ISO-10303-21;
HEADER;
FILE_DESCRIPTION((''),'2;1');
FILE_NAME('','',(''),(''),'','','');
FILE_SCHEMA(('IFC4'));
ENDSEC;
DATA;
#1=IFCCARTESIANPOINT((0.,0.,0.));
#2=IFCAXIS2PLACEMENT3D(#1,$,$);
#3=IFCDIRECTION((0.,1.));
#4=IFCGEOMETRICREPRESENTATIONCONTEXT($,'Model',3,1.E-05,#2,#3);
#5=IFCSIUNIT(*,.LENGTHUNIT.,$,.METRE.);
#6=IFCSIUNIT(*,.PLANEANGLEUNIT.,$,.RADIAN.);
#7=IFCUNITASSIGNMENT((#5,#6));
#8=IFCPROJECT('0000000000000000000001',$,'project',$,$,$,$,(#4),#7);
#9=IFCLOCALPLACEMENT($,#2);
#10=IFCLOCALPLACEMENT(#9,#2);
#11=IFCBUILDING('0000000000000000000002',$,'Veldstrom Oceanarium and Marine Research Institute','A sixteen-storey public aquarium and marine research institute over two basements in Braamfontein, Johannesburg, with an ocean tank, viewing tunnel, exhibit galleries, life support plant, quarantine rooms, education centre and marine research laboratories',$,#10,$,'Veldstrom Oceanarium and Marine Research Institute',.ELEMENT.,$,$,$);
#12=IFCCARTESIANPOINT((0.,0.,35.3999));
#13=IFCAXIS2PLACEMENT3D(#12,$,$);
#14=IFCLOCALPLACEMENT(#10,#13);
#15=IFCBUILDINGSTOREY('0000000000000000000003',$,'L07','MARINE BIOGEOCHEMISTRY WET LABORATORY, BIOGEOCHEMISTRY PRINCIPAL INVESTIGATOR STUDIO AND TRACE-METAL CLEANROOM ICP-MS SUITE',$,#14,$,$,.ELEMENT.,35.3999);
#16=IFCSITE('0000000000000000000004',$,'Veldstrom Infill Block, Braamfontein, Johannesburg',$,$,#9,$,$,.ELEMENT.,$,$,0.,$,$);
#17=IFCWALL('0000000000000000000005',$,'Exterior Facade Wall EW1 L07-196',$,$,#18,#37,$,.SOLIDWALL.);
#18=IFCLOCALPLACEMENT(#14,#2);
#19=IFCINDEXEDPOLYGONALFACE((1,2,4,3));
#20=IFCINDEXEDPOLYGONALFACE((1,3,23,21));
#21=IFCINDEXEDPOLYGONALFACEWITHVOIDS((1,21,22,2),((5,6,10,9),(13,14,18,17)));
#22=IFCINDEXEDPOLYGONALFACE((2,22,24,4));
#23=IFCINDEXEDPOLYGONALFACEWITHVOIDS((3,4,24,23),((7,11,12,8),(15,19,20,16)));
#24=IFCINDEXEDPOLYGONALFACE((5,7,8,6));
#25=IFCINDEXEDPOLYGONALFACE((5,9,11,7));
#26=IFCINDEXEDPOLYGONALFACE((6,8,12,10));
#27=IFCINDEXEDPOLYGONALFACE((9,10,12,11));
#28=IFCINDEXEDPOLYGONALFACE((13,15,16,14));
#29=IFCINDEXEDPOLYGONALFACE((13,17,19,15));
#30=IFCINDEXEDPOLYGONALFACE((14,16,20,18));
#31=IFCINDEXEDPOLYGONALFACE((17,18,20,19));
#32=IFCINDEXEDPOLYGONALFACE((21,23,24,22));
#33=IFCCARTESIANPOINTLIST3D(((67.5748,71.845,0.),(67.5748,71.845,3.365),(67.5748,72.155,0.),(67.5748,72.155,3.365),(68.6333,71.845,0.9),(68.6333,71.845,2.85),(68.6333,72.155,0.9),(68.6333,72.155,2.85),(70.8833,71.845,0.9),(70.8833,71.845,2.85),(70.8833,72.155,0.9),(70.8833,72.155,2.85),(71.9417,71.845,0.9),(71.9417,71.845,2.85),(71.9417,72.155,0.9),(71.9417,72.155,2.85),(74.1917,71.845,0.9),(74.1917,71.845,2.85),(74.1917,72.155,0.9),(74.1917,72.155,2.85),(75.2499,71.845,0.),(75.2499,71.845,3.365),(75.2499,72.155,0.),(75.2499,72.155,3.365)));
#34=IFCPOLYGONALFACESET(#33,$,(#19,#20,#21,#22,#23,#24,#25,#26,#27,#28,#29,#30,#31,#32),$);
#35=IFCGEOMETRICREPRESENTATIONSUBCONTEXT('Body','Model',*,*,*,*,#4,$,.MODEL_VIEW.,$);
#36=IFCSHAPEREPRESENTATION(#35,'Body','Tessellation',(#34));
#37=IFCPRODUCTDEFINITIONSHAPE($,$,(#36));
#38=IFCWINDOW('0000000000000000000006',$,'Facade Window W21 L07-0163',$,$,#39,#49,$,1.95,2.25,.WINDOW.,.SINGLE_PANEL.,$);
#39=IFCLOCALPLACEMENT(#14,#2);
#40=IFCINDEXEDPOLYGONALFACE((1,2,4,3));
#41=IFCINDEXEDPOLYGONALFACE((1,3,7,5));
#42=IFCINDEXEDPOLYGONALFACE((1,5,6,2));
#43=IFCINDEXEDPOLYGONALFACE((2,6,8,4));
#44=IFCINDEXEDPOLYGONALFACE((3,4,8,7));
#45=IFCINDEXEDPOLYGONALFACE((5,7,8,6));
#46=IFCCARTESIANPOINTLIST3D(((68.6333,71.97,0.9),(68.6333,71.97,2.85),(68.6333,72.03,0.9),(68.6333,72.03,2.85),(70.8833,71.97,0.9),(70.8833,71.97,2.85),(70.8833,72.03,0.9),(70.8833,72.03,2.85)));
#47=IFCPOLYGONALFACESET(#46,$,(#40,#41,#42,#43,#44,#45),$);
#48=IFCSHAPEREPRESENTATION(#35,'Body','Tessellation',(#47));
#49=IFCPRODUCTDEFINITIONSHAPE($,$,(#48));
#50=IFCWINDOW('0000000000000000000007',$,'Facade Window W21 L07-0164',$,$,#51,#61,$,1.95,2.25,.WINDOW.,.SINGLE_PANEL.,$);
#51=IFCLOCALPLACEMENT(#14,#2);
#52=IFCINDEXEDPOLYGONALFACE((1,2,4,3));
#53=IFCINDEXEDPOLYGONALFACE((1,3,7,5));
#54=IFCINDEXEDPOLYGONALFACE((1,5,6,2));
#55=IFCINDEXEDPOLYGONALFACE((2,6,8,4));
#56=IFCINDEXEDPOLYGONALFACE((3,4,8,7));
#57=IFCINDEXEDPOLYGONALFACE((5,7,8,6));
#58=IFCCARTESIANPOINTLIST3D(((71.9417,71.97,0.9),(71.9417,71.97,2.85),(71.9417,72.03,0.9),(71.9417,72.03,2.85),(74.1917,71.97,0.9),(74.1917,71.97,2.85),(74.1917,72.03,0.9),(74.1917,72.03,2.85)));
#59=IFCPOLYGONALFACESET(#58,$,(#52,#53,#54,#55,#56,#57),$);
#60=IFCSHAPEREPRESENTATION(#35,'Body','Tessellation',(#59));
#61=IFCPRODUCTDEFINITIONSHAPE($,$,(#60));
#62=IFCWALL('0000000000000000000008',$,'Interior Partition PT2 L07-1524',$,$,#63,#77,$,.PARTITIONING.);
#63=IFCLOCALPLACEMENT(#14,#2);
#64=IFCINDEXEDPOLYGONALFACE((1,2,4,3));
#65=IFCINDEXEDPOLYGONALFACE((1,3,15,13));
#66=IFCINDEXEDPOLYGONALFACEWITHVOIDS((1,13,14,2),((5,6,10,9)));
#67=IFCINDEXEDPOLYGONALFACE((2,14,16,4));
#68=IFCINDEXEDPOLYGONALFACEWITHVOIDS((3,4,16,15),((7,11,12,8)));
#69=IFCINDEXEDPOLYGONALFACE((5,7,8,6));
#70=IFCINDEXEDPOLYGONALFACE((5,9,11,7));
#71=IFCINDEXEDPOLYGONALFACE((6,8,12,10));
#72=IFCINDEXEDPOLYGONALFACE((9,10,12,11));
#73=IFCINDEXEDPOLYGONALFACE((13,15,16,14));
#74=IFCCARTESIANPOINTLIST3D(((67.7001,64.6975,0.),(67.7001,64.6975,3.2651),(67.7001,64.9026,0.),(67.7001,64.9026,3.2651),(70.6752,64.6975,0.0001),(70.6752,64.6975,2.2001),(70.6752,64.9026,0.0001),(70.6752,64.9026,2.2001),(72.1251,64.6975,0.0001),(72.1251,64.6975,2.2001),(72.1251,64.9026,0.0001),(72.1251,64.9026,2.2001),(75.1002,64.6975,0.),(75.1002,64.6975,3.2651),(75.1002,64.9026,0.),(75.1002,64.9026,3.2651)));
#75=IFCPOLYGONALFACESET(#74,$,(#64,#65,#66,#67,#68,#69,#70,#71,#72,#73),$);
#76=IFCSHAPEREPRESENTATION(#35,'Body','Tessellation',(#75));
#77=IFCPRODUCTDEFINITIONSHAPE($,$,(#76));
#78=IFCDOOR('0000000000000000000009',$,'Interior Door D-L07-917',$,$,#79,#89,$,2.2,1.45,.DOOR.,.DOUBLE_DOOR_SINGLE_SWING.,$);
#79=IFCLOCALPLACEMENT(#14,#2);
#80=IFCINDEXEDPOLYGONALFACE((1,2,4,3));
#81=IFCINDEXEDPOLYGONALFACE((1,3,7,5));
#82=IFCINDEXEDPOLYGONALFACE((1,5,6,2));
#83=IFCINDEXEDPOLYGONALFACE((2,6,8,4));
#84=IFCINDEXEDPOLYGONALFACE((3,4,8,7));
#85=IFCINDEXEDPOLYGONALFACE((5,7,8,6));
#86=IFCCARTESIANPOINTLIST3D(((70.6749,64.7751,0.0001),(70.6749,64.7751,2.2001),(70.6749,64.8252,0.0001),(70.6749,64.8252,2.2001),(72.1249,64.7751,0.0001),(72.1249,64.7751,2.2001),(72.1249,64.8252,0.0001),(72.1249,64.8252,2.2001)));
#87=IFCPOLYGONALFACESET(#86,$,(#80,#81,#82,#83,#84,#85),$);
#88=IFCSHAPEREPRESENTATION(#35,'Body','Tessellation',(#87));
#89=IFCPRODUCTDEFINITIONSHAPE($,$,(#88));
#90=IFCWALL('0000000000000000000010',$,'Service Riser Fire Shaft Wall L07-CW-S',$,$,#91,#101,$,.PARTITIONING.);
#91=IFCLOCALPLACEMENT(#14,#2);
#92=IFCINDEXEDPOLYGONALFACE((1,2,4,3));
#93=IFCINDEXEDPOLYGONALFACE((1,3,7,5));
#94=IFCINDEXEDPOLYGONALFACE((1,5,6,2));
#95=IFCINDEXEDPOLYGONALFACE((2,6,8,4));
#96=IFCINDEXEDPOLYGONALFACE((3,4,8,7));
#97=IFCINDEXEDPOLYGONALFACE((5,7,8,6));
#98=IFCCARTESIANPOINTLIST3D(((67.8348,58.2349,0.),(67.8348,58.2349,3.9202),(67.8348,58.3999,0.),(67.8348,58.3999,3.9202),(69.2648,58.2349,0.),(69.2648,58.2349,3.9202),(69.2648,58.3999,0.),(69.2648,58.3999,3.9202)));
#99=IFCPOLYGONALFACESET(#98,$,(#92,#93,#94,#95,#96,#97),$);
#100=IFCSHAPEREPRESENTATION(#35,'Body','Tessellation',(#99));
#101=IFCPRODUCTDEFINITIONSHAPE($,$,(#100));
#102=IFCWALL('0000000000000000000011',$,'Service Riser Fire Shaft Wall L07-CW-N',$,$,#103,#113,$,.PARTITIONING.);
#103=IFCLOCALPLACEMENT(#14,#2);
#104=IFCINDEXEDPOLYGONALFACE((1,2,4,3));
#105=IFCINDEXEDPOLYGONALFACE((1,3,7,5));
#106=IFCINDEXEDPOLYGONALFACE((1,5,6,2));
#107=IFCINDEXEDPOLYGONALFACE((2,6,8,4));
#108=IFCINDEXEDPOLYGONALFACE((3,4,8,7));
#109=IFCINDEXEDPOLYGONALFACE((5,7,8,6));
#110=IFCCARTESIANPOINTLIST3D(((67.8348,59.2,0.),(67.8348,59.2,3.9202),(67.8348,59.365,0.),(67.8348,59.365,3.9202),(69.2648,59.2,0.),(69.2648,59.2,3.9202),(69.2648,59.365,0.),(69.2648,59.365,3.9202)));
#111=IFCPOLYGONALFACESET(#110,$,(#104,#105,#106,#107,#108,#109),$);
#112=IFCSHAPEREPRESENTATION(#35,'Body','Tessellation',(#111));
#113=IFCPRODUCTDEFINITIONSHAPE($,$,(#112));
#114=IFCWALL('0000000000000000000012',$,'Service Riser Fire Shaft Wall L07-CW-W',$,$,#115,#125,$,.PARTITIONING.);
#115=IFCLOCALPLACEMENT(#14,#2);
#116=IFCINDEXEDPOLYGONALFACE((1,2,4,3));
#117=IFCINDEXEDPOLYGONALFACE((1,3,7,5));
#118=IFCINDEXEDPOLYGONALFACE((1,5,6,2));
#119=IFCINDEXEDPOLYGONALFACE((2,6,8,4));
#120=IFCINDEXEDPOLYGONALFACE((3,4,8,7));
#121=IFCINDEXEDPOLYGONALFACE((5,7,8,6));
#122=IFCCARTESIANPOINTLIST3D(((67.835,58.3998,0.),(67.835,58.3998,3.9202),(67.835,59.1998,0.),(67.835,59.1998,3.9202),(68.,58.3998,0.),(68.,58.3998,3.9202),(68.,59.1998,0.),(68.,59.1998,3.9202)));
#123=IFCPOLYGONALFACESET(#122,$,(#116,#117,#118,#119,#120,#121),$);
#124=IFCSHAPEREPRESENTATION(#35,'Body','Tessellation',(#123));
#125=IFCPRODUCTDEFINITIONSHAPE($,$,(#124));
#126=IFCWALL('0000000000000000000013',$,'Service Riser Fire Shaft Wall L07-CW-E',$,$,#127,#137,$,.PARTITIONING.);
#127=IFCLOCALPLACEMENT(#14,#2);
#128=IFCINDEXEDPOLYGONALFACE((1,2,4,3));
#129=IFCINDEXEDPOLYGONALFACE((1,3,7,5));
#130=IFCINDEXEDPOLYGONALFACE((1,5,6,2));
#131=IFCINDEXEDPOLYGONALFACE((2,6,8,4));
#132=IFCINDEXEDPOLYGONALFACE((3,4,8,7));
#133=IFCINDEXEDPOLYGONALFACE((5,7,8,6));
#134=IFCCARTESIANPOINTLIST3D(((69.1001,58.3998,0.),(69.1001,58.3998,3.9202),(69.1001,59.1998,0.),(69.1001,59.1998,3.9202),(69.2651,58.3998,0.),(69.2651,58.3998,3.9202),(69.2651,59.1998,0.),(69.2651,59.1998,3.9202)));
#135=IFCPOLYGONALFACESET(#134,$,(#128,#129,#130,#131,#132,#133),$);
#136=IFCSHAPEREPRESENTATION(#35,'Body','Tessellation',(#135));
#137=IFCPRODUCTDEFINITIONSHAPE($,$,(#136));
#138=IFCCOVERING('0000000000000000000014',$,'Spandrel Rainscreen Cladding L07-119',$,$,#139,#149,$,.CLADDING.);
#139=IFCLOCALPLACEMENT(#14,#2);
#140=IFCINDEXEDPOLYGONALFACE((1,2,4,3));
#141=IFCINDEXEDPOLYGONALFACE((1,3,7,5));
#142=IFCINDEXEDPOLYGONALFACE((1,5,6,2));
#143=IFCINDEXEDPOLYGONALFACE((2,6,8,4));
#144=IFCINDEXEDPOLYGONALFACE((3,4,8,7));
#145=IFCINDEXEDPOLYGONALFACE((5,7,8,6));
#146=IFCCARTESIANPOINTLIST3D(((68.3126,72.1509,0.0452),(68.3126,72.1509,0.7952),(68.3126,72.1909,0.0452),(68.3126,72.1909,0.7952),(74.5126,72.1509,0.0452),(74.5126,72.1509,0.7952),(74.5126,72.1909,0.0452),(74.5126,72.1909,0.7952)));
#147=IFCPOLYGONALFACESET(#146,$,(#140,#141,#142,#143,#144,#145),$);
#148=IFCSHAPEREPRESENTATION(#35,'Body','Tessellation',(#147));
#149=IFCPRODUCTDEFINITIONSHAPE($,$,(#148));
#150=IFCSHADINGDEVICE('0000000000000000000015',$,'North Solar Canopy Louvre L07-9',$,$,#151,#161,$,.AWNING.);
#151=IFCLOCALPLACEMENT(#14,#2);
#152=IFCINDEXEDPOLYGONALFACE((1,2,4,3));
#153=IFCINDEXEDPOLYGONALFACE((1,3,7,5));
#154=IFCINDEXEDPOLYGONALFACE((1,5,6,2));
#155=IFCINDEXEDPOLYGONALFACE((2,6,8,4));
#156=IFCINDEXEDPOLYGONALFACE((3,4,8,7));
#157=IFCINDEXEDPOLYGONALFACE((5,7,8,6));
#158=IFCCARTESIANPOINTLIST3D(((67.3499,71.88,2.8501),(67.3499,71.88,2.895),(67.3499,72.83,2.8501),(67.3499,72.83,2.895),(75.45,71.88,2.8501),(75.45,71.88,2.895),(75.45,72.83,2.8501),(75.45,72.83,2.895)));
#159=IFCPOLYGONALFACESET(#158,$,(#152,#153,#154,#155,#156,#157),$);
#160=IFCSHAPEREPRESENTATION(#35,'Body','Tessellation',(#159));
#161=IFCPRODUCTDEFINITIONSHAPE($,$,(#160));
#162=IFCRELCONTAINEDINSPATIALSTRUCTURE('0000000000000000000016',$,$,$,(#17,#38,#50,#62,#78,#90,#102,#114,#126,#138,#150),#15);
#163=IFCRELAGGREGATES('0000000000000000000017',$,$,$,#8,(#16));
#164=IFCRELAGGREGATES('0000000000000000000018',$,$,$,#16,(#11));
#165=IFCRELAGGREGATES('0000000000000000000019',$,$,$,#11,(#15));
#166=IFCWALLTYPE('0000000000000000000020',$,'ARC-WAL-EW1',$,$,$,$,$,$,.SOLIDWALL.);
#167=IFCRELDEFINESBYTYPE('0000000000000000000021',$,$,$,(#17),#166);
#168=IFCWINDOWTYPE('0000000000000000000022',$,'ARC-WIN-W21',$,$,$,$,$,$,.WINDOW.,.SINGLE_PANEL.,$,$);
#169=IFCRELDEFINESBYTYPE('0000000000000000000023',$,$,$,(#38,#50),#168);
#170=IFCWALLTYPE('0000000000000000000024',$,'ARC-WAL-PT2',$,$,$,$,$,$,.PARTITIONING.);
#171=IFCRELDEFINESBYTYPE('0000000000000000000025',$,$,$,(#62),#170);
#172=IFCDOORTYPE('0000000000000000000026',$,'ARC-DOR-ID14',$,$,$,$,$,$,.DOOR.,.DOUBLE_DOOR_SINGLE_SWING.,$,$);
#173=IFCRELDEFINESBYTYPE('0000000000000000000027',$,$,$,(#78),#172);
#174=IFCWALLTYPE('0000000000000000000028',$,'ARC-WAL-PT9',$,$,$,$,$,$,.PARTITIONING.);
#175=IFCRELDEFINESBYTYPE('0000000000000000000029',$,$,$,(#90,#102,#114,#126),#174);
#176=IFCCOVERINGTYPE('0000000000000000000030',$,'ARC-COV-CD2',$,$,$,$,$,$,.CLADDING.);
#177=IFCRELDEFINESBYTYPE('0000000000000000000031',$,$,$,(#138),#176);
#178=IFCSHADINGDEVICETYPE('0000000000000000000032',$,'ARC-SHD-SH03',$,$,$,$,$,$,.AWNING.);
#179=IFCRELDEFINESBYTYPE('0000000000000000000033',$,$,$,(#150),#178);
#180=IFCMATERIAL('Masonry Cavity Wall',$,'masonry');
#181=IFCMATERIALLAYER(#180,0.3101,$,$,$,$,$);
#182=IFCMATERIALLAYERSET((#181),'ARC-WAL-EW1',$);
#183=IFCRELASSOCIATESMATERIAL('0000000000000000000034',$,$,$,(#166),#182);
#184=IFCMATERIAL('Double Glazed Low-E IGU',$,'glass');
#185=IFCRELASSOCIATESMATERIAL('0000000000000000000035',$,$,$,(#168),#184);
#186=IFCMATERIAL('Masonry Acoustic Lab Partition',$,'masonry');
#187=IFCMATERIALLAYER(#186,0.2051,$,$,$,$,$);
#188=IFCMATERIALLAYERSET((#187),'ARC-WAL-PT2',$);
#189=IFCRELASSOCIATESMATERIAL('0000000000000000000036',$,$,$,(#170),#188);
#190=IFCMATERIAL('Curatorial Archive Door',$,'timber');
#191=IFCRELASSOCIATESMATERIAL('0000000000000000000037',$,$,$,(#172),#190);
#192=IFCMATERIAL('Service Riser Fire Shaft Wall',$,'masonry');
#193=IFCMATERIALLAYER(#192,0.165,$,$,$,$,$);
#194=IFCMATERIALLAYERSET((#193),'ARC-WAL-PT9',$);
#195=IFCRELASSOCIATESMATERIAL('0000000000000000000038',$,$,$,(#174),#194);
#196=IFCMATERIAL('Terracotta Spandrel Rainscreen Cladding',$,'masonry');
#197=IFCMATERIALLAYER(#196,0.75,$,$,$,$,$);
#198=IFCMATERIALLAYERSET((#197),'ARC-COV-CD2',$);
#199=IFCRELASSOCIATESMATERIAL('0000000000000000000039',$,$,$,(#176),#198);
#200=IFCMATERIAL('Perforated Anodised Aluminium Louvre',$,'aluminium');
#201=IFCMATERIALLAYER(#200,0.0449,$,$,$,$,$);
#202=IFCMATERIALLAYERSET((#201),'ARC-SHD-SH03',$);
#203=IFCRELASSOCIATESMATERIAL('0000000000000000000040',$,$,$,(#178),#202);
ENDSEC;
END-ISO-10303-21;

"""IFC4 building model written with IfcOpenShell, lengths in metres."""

from ifc_helpers import new_model, si_unit, direction, frame, frame_2d, origin, origin_2d, place, context, subcontext, project, spatial, rectangle, extrude, material, layer, layer_set, type_object, element, fill, save


model = new_model("IFC4")

# Units and contexts
model_context = context("Model", 3, precision=1e-05, world=origin(), true_north=direction((0.0, 1.0)))
body_context = subcontext(model_context, "Body", "Model", "MODEL_VIEW")
ifc_project = project(units=[si_unit("LENGTHUNIT", "METRE"), si_unit("PLANEANGLEUNIT", "RADIAN")], contexts=[model_context])

# Site, building, storey
site_placement = place(None, origin())
site = spatial("IfcSite", under=ifc_project, at=site_placement, Name="Veldstrom Infill Block, Braamfontein, Johannesburg", CompositionType="ELEMENT", RefElevation=0.0)
building_placement = place(site_placement, origin())
building = spatial("IfcBuilding", under=site, at=building_placement, Name="Veldstrom Oceanarium and Marine Research Institute", Description="A sixteen-storey public aquarium and marine research institute over two basements in Braamfontein, Johannesburg, with an ocean tank, viewing tunnel, exhibit galleries, life support plant, quarantine rooms, education centre and marine research laboratories", LongName="Veldstrom Oceanarium and Marine Research Institute", CompositionType="ELEMENT")
storey_placement = place(building_placement, frame((0.0, 0.0, 35.3999)))
storey = spatial("IfcBuildingStorey", under=building, at=storey_placement, Name="L07", Description="MARINE BIOGEOCHEMISTRY WET LABORATORY, BIOGEOCHEMISTRY PRINCIPAL INVESTIGATOR STUDIO AND TRACE-METAL CLEANROOM ICP-MS SUITE", CompositionType="ELEMENT", Elevation=35.3999)

# Wall, openings, windows
ifc_material_1 = material(Name="Masonry Cavity Wall", Category="masonry")
ifc_layer_1 = layer(ifc_material_1, 0.3101)
ifc_layer_set_1 = layer_set([ifc_layer_1], Name="ARC-WAL-EW1")
wall_type_1 = type_object("IfcWallType", Name="ARC-WAL-EW1", PredefinedType="SOLIDWALL", material=ifc_layer_set_1)
wall_1_placement = place(storey_placement, frame((67.575, 72.0, 0.0), z_axis=(0.0, 0.0, 1.0), x_axis=(1.0, 0.0, 0.0)))
wall_1 = element("IfcWall", 1, at=wall_1_placement, inside=storey, type_object=wall_type_1, Name="Exterior Facade Wall EW1 L07-196", PredefinedType="SOLIDWALL", context=body_context, shape_type="SweptSolid", body=[
    extrude(rectangle(XDim=7.675, YDim=0.3101, at=frame_2d((3.8374, 0.0))), origin(), (0.0, 0.0, 1.0), 3.365),
])
opening_1_placement = place(wall_1_placement, frame((1.0583, 0.0, 0.8999)))
opening_1 = element("IfcOpeningElement", 2, at=opening_1_placement, cuts=wall_1, PredefinedType="OPENING", context=body_context, shape_type="SweptSolid", body=[
    extrude(rectangle(XDim=2.25, YDim=1.95, at=frame_2d((1.125, 0.9751))), frame((0.0, 0.165, 0.0), z_axis=(0.0, -1.0, 0.0), x_axis=(1.0, 0.0, 0.0)), (0.0, 0.0, 1.0), 0.3301),
])
opening_2_placement = place(wall_1_placement, frame((4.3667, 0.0, 0.8999)))
opening_2 = element("IfcOpeningElement", 3, at=opening_2_placement, cuts=wall_1, PredefinedType="OPENING", context=body_context, shape_type="SweptSolid", body=[
    extrude(rectangle(XDim=2.25, YDim=1.95, at=frame_2d((1.125, 0.9751))), frame((0.0, 0.165, 0.0), z_axis=(0.0, -1.0, 0.0), x_axis=(1.0, 0.0, 0.0)), (0.0, 0.0, 1.0), 0.3301),
])
ifc_material_2 = material(Name="Double Glazed Low-E IGU", Category="glass")
window_type = type_object("IfcWindowType", Name="ARC-WIN-W21", PartitioningType="SINGLE_PANEL", PredefinedType="WINDOW", material=ifc_material_2)
window_1_placement = place(opening_1_placement, origin())
window_1 = element("IfcWindow", 4, at=window_1_placement, inside=storey, type_object=window_type, Name="Facade Window W21 L07-0163", OverallHeight=1.95, OverallWidth=2.25, PartitioningType="SINGLE_PANEL", PredefinedType="WINDOW", context=body_context, shape_type="SweptSolid", body=[
    extrude(rectangle(XDim=2.25, YDim=1.95, at=frame_2d((1.125, 0.9751))), frame((0.0, 0.03, 0.0), z_axis=(0.0, -1.0, 0.0), x_axis=(1.0, 0.0, 0.0)), (0.0, 0.0, 1.0), 0.0601),
])
fill(opening_1, window_1)
window_2_placement = place(opening_2_placement, origin())
window_2 = element("IfcWindow", 5, at=window_2_placement, inside=storey, type_object=window_type, Name="Facade Window W21 L07-0164", OverallHeight=1.95, OverallWidth=2.25, PartitioningType="SINGLE_PANEL", PredefinedType="WINDOW", context=body_context, shape_type="SweptSolid", body=[
    extrude(rectangle(XDim=2.25, YDim=1.95, at=frame_2d((1.125, 0.9751))), frame((0.0, 0.03, 0.0), z_axis=(0.0, -1.0, 0.0), x_axis=(1.0, 0.0, 0.0)), (0.0, 0.0, 1.0), 0.0601),
])
fill(opening_2, window_2)

# Wall, opening, door
ifc_material_3 = material(Name="Masonry Acoustic Lab Partition", Category="masonry")
ifc_layer_2 = layer(ifc_material_3, 0.2051)
ifc_layer_set_2 = layer_set([ifc_layer_2], Name="ARC-WAL-PT2")
wall_type_2 = type_object("IfcWallType", Name="ARC-WAL-PT2", PredefinedType="PARTITIONING", material=ifc_layer_set_2)
wall_2_placement = place(storey_placement, frame((67.7, 64.8, 0.0), z_axis=(0.0, 0.0, 1.0), x_axis=(1.0, 0.0, 0.0)))
wall_2 = element("IfcWall", 6, at=wall_2_placement, inside=storey, type_object=wall_type_2, Name="Interior Partition PT2 L07-1524", PredefinedType="PARTITIONING", context=body_context, shape_type="SweptSolid", body=[
    extrude(rectangle(XDim=7.4001, YDim=0.2051, at=frame_2d((3.7002, 0.0))), origin(), (0.0, 0.0, 1.0), 3.2651),
])
opening_3_placement = place(wall_2_placement, frame((2.9751, 0.0, 0.0)))
opening_3 = element("IfcOpeningElement", 7, at=opening_3_placement, cuts=wall_2, PredefinedType="OPENING", context=body_context, shape_type="SweptSolid", body=[
    extrude(rectangle(XDim=1.45, YDim=2.2, at=frame_2d((0.7251, 1.1001))), frame((0.0, 0.1125, 0.0), z_axis=(0.0, -1.0, 0.0), x_axis=(1.0, 0.0, 0.0)), (0.0, 0.0, 1.0), 0.2251),
])
ifc_material_4 = material(Name="Curatorial Archive Door", Category="timber")
door_type = type_object("IfcDoorType", Name="ARC-DOR-ID14", OperationType="DOUBLE_DOOR_SINGLE_SWING", PredefinedType="DOOR", material=ifc_material_4)
door_placement = place(opening_3_placement, frame((1.45, 0.0, 0.0), z_axis=(0.0, 0.0, 1.0), x_axis=(-1.0, 0.0, 0.0)))
door = element("IfcDoor", 8, at=door_placement, inside=storey, type_object=door_type, Name="Interior Door D-L07-917", OperationType="DOUBLE_DOOR_SINGLE_SWING", OverallHeight=2.2, OverallWidth=1.45, PredefinedType="DOOR", context=body_context, shape_type="SweptSolid", body=[
    extrude(rectangle(XDim=1.45, YDim=2.2, at=frame_2d((0.7251, 1.1001))), frame((0.0, 0.0249, 0.0), z_axis=(0.0, -1.0, 0.0), x_axis=(1.0, 0.0, 0.0)), (0.0, 0.0, 1.0), 0.05),
])
fill(opening_3, door)

# Walls
ifc_material_5 = material(Name="Service Riser Fire Shaft Wall", Category="masonry")
ifc_layer_3 = layer(ifc_material_5, 0.165)
ifc_layer_set_3 = layer_set([ifc_layer_3], Name="ARC-WAL-PT9")
wall_type_3 = type_object("IfcWallType", Name="ARC-WAL-PT9", PredefinedType="PARTITIONING", material=ifc_layer_set_3)
for number, where, z_axis, x_axis, name in (
    (9, (67.835, 58.3174, 0.0), (0.0, 0.0, 1.0), (1.0, 0.0, 0.0), "Service Riser Fire Shaft Wall L07-CW-S"),
    (10, (67.835, 59.2825, 0.0), (0.0, 0.0, 1.0), (1.0, 0.0, 0.0), "Service Riser Fire Shaft Wall L07-CW-N"),
):
    element("IfcWall", number, at=place(storey_placement, frame(where, z_axis=z_axis, x_axis=x_axis)), inside=storey, type_object=wall_type_3, Name=name, PredefinedType="PARTITIONING", context=body_context, shape_type="SweptSolid", body=[
        extrude(rectangle(XDim=1.4299, YDim=0.165, at=frame_2d((0.7148, 0.0))), origin(), (0.0, 0.0, 1.0), 3.9202),
    ])
for number, where, z_axis, x_axis, name in (
    (11, (67.9175, 58.3999, 0.0), (0.0, 0.0, 1.0), (0.0, 1.0, 0.0), "Service Riser Fire Shaft Wall L07-CW-W"),
    (12, (69.1826, 58.3999, 0.0), (0.0, 0.0, 1.0), (0.0, 1.0, 0.0), "Service Riser Fire Shaft Wall L07-CW-E"),
):
    element("IfcWall", number, at=place(storey_placement, frame(where, z_axis=z_axis, x_axis=x_axis)), inside=storey, type_object=wall_type_3, Name=name, PredefinedType="PARTITIONING", context=body_context, shape_type="SweptSolid", body=[
        extrude(rectangle(XDim=0.8, YDim=0.165, at=frame_2d((0.3999, 0.0))), origin(), (0.0, 0.0, 1.0), 3.9202),
    ])

# Covering
ifc_material_6 = material(Name="Terracotta Spandrel Rainscreen Cladding", Category="masonry")
ifc_layer_4 = layer(ifc_material_6, 0.75)
ifc_layer_set_4 = layer_set([ifc_layer_4], Name="ARC-COV-CD2")
covering_type = type_object("IfcCoveringType", Name="ARC-COV-CD2", PredefinedType="CLADDING", material=ifc_layer_set_4)
covering_placement = place(storey_placement, frame((71.4126, 72.1709, 0.0452), z_axis=(0.0, 0.0, 1.0), x_axis=(1.0, 0.0, 0.0)))
element("IfcCovering", 13, at=covering_placement, inside=storey, type_object=covering_type, Name="Spandrel Rainscreen Cladding L07-119", PredefinedType="CLADDING", context=body_context, shape_type="SweptSolid", body=[
    extrude(rectangle(XDim=6.2, YDim=0.04, at=origin_2d()), origin(), (0.0, 0.0, 1.0), 0.75),
])

# Shading device
ifc_material_7 = material(Name="Perforated Anodised Aluminium Louvre", Category="aluminium")
ifc_layer_5 = layer(ifc_material_7, 0.0449)
ifc_layer_set_5 = layer_set([ifc_layer_5], Name="ARC-SHD-SH03")
shading_device_type = type_object("IfcShadingDeviceType", Name="ARC-SHD-SH03", PredefinedType="AWNING", material=ifc_layer_set_5)
shading_device_placement = place(storey_placement, frame((71.3999, 72.355, 2.8501), z_axis=(0.0, 0.0, 1.0), x_axis=(1.0, 0.0, 0.0)))
element("IfcShadingDevice", 14, at=shading_device_placement, inside=storey, type_object=shading_device_type, Name="North Solar Canopy Louvre L07-9", PredefinedType="AWNING", context=body_context, shape_type="SweptSolid", body=[
    extrude(rectangle(XDim=8.1001, YDim=0.95, at=origin_2d()), origin(), (0.0, 0.0, 1.0), 0.0449),
])

save(model, "model.ifc")
